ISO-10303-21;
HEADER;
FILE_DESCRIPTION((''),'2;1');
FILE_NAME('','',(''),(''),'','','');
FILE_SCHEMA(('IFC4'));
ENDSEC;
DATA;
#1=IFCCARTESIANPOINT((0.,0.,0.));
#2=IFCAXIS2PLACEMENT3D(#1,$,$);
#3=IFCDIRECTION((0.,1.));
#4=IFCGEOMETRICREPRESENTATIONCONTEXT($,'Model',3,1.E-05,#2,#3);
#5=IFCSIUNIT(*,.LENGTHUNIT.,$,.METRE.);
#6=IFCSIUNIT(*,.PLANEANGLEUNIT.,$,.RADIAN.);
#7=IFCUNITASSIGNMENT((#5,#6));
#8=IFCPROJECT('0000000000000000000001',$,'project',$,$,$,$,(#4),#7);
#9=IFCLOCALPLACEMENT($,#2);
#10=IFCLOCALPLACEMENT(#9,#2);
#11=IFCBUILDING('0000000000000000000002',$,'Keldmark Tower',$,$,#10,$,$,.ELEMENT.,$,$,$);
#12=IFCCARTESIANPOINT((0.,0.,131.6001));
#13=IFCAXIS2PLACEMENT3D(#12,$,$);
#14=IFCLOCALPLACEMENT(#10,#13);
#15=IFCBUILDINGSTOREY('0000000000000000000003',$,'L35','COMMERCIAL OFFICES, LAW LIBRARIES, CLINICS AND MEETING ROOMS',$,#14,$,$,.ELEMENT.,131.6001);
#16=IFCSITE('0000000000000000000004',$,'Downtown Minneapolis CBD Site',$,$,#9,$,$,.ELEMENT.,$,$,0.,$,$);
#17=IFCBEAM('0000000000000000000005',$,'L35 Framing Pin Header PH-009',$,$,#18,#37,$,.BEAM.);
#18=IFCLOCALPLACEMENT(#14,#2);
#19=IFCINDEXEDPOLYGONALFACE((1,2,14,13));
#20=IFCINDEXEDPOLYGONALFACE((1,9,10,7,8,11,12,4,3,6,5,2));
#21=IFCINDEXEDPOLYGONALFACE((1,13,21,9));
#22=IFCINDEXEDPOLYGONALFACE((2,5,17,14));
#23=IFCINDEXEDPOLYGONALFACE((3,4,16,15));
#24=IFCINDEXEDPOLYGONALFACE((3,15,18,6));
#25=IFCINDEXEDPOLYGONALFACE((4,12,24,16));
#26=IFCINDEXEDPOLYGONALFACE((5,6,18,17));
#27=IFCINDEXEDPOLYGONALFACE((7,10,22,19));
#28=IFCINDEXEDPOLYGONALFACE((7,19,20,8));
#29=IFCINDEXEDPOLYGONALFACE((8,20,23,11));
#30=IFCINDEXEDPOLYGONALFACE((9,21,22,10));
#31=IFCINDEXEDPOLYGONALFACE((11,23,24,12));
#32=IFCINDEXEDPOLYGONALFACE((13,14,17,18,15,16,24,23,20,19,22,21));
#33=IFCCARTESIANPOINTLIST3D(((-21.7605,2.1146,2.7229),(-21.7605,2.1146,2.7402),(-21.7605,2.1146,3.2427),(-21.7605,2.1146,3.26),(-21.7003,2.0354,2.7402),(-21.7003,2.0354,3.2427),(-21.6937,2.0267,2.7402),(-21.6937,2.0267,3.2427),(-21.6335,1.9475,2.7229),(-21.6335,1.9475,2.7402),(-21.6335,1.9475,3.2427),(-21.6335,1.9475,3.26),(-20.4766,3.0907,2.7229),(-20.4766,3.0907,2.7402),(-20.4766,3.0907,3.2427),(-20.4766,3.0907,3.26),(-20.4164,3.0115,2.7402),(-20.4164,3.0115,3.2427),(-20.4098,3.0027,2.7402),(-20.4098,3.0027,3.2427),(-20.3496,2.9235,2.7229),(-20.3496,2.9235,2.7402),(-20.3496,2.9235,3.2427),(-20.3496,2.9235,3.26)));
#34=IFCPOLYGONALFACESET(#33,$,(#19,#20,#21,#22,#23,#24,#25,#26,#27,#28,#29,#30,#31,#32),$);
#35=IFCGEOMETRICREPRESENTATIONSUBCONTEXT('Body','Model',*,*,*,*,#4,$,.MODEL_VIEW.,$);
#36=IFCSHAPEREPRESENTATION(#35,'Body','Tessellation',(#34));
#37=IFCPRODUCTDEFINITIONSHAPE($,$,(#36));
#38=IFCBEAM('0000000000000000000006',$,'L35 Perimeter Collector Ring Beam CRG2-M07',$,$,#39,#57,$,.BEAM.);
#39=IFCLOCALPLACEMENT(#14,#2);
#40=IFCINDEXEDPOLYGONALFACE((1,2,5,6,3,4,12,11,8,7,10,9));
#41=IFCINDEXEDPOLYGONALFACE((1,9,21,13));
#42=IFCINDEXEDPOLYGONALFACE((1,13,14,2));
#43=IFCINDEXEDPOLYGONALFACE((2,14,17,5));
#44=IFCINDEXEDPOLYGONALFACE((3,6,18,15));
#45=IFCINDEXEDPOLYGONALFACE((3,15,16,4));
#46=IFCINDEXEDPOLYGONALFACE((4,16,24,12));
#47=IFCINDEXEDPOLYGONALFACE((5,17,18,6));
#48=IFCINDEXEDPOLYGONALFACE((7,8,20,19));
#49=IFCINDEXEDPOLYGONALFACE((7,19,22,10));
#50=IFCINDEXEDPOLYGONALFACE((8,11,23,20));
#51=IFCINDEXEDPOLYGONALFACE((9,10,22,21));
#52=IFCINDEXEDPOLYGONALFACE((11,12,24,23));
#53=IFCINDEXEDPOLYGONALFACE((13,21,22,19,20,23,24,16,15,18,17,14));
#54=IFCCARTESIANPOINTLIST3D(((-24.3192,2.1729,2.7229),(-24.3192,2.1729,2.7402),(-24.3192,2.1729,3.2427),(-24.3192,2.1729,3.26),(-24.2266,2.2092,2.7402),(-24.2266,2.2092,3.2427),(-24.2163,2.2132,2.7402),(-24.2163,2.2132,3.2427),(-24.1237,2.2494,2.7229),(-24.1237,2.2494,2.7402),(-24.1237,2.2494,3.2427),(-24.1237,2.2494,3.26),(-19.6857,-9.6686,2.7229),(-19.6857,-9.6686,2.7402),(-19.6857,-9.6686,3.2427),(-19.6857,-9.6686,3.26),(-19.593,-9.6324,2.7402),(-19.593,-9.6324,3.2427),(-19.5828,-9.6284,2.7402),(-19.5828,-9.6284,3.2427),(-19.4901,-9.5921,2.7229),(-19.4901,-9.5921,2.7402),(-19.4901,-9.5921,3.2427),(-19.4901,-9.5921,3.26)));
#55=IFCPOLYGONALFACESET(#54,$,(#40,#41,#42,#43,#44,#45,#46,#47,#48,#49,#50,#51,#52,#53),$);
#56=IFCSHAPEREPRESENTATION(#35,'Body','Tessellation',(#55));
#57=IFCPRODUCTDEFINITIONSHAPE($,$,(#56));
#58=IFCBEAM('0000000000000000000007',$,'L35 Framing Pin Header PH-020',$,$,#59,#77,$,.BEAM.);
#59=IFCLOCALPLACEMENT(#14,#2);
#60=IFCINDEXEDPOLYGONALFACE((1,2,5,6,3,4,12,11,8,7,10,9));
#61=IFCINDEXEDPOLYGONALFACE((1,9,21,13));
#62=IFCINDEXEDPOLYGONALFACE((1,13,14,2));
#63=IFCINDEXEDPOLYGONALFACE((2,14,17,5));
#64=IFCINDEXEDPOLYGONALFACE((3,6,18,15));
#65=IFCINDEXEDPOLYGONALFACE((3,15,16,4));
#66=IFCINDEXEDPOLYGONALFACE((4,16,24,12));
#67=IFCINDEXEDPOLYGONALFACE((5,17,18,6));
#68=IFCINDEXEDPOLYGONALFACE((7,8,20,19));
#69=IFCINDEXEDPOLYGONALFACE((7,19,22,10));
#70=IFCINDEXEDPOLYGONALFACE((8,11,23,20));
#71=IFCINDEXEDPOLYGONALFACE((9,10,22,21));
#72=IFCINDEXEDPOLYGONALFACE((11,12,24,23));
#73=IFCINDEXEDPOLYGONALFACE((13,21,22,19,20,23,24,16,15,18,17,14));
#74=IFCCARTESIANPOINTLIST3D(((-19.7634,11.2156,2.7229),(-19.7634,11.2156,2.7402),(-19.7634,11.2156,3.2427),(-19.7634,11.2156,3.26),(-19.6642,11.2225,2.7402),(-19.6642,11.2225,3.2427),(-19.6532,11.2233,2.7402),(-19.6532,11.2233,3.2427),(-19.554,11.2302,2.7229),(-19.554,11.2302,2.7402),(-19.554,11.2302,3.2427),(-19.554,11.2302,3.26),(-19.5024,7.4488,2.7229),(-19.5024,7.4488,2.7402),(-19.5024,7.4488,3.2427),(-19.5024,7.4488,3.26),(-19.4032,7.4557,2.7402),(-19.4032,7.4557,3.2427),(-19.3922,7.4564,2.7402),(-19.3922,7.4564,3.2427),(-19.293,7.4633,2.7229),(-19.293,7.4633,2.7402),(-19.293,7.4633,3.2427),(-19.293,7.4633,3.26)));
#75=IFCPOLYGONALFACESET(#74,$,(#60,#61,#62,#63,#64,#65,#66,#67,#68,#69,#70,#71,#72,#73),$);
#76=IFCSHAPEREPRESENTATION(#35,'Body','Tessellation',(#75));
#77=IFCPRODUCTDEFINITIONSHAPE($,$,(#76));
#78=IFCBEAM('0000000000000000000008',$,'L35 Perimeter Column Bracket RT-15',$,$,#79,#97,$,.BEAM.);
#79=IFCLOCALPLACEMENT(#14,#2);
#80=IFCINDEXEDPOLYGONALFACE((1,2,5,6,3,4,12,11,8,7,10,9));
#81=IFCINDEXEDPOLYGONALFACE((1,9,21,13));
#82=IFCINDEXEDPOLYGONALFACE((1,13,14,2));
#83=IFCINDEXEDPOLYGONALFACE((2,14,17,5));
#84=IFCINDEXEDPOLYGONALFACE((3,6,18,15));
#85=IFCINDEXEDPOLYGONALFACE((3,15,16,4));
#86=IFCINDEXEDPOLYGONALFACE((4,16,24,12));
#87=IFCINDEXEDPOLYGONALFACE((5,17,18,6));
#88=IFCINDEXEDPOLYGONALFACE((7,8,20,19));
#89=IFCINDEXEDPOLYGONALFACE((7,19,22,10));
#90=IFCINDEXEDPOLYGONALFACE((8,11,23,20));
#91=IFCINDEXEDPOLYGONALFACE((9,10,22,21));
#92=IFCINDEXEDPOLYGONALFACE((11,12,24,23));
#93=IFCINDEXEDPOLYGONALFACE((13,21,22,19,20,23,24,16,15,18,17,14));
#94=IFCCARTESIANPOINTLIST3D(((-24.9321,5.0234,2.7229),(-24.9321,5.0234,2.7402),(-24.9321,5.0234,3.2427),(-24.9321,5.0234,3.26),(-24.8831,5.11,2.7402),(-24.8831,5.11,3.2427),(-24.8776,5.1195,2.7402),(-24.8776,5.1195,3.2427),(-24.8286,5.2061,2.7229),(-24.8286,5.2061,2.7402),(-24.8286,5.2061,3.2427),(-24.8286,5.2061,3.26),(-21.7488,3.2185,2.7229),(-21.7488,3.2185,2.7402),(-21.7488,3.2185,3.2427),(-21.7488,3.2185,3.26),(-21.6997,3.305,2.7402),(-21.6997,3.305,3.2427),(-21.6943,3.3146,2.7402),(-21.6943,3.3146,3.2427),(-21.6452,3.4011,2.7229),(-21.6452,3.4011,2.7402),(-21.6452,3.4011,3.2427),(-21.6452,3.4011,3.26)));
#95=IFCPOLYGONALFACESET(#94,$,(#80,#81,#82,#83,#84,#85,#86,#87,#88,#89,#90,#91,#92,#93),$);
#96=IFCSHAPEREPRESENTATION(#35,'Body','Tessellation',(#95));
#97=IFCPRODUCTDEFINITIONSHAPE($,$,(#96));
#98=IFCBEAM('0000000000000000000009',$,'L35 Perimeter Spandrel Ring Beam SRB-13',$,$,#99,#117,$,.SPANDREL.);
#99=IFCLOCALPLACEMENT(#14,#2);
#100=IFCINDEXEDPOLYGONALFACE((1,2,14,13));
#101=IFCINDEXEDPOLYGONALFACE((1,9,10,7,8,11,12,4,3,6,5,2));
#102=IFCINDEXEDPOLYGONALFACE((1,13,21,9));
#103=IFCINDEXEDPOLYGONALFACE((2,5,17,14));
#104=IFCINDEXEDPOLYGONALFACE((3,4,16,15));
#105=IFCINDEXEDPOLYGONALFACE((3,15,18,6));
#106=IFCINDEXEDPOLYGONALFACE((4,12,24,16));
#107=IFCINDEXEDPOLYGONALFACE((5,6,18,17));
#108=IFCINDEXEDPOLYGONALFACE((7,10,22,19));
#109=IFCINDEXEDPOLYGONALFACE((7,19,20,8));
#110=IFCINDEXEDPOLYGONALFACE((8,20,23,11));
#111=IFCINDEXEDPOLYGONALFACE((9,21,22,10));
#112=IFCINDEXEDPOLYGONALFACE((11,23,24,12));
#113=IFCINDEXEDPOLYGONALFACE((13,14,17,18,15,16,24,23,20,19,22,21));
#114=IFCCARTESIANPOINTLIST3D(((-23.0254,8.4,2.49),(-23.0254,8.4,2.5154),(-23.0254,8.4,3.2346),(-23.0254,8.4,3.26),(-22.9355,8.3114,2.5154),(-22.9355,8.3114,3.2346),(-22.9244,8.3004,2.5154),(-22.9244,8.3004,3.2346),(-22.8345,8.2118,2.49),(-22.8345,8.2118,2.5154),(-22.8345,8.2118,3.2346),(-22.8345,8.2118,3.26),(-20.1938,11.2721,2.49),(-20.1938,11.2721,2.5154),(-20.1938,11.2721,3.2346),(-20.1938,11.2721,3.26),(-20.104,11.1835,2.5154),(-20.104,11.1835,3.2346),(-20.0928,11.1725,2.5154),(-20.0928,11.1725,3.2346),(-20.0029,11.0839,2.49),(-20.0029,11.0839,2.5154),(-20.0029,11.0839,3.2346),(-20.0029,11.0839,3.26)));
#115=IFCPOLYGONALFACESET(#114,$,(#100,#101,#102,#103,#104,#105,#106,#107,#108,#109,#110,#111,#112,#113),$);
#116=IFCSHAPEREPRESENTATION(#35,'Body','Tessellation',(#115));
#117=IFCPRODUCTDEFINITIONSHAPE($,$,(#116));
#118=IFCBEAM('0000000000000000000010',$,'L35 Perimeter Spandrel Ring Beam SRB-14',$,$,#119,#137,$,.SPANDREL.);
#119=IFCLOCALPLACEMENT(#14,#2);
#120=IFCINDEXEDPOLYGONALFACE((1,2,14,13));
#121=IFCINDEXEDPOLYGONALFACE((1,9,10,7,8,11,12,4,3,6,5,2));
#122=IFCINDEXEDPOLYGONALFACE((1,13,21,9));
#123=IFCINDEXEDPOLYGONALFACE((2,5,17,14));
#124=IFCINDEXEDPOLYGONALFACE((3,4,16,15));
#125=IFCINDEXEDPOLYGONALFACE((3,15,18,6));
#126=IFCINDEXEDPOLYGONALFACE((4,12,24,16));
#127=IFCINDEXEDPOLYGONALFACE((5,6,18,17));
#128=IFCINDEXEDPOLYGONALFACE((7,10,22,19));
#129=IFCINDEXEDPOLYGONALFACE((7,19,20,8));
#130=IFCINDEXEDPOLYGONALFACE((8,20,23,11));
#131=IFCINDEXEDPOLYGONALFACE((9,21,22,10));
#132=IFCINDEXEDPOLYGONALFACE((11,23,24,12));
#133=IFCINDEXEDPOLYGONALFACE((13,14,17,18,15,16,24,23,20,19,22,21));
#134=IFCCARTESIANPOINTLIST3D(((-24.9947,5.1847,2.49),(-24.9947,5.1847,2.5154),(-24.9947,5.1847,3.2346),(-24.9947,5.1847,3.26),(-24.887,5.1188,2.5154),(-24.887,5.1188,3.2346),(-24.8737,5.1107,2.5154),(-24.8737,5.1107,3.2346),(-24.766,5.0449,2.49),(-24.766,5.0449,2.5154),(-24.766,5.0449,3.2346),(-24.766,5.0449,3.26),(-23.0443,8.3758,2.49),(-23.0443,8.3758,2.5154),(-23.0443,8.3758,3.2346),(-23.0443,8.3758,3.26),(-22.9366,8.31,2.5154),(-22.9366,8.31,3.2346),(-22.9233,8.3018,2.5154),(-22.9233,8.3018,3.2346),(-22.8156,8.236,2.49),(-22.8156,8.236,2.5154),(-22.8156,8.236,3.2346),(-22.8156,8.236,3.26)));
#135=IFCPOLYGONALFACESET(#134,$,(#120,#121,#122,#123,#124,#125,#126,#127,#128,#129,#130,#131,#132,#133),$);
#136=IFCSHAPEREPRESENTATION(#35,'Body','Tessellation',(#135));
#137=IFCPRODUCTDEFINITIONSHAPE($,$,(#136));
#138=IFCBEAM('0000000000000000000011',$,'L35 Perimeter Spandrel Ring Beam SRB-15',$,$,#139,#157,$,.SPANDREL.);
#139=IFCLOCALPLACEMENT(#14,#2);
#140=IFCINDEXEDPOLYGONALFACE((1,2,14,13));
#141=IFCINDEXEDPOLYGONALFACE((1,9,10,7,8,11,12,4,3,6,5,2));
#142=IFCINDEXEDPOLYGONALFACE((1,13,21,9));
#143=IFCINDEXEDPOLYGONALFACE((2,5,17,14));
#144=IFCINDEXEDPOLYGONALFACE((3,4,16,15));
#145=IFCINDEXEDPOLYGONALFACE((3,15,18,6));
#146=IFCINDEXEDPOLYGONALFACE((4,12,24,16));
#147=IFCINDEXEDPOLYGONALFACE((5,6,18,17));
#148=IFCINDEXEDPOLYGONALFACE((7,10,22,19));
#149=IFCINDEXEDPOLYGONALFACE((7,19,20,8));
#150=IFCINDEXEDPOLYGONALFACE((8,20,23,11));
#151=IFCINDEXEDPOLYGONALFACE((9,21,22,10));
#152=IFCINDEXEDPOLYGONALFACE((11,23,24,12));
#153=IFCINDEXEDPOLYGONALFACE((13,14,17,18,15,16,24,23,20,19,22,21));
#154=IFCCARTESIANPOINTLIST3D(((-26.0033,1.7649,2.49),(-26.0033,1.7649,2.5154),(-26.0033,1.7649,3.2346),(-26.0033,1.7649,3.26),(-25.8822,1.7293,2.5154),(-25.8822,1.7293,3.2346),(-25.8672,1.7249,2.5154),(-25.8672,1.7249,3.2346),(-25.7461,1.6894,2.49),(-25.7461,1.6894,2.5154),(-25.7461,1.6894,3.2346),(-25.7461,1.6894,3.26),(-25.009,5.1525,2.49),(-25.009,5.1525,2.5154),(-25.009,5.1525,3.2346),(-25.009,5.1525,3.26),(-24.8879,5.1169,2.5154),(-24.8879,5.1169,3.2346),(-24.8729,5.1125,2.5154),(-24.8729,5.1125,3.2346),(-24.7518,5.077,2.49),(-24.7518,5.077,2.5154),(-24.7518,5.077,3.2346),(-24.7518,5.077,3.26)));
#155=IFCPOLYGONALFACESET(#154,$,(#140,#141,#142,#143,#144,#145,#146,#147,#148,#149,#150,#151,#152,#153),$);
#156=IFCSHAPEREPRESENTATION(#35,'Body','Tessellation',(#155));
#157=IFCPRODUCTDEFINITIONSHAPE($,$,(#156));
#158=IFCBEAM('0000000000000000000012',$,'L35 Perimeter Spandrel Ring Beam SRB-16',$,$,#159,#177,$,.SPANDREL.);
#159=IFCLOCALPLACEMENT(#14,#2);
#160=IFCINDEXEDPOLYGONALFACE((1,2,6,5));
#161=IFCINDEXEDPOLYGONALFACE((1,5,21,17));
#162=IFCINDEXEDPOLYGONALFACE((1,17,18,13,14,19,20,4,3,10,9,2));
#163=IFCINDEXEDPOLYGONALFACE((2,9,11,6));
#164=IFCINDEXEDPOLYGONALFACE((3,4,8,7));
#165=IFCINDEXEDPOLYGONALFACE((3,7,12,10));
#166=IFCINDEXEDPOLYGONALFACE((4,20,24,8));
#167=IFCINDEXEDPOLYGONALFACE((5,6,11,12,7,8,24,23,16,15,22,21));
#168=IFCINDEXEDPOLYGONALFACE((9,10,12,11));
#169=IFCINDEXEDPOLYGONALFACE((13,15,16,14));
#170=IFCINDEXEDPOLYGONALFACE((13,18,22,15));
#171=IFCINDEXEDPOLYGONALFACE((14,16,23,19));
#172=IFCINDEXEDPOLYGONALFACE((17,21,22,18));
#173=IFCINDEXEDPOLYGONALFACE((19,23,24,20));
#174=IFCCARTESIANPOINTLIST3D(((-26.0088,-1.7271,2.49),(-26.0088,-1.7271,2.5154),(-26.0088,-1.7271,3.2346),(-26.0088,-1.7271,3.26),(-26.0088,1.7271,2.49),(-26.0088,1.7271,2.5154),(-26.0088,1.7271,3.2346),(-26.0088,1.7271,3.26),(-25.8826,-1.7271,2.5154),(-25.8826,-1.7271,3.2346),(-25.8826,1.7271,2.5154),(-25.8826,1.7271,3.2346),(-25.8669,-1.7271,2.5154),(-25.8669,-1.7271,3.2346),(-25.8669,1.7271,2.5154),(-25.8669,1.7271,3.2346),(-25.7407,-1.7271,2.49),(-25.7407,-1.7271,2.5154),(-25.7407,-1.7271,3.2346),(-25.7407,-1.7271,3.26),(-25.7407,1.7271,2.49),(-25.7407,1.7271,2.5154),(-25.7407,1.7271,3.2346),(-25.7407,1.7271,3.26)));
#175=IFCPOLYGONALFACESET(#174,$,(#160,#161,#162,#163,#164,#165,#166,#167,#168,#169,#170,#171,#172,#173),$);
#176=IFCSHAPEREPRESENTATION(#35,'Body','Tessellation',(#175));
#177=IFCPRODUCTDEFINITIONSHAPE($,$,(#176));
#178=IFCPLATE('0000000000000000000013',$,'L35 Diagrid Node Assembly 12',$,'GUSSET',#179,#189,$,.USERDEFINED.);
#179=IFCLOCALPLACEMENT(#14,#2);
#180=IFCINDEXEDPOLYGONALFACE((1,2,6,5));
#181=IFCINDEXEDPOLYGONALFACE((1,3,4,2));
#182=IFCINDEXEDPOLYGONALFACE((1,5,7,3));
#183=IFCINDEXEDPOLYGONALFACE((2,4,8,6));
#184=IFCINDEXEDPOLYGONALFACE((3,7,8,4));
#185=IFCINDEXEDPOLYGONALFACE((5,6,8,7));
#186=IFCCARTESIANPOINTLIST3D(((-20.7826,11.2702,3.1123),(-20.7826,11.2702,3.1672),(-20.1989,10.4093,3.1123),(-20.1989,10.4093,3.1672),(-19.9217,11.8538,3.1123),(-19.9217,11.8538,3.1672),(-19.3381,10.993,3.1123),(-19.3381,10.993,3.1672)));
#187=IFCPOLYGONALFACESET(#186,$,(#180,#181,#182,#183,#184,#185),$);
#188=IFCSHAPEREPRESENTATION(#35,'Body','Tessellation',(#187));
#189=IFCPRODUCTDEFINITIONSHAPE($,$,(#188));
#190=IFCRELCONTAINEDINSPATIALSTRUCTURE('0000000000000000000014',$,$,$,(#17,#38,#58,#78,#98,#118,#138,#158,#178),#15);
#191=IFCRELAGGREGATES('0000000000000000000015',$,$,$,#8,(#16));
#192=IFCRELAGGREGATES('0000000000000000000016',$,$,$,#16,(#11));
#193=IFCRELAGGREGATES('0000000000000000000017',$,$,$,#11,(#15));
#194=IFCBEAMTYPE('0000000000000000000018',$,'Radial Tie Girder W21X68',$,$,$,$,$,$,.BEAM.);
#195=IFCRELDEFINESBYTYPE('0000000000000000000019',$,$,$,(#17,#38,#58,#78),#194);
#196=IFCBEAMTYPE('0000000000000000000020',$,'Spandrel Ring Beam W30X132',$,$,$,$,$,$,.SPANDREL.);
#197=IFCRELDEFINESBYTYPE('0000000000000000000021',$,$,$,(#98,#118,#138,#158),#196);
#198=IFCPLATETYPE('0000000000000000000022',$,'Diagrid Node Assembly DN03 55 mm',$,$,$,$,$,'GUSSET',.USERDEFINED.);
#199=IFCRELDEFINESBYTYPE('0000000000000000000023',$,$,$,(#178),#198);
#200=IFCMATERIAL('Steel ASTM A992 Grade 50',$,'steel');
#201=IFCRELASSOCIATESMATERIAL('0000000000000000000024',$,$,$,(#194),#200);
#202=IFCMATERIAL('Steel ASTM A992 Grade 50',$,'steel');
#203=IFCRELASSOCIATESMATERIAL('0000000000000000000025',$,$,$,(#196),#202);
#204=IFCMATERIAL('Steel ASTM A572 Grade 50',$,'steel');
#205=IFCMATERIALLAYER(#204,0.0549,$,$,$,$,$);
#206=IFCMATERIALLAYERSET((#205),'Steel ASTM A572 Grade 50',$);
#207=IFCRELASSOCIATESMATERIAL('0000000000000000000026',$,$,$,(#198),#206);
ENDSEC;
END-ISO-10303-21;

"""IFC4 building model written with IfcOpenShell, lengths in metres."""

from ifc_helpers import new_model, si_unit, direction, frame, origin, origin_2d, place, context, subcontext, project, spatial, rectangle, i_section, extrude, material, layer, layer_set, material_profile, profile_set, type_object, element, save


model = new_model("IFC4")

# Units and contexts
model_context = context("Model", 3, precision=1e-05, world=origin(), true_north=direction((0.0, 1.0)))
body_context = subcontext(model_context, "Body", "Model", "MODEL_VIEW")
ifc_project = project(units=[si_unit("LENGTHUNIT", "METRE"), si_unit("PLANEANGLEUNIT", "RADIAN")], contexts=[model_context])

# Site, building, storey
site_placement = place(None, origin())
site = spatial("IfcSite", under=ifc_project, at=site_placement, Name="Downtown Minneapolis CBD Site", CompositionType="ELEMENT", RefElevation=0.0)
building_placement = place(site_placement, origin())
building = spatial("IfcBuilding", under=site, at=building_placement, Name="Keldmark Tower", CompositionType="ELEMENT")
storey_placement = place(building_placement, frame((0.0, 0.0, 131.6001)))
storey = spatial("IfcBuildingStorey", under=building, at=storey_placement, Name="L35", Description="COMMERCIAL OFFICES, LAW LIBRARIES, CLINICS AND MEETING ROOMS", CompositionType="ELEMENT", Elevation=131.6001)

# Beams
ifc_material_1 = material(Name="Steel ASTM A992 Grade 50", Category="steel")
ifc_material_profile_1 = material_profile(ifc_material_1, i_section(OverallWidth=0.21, OverallDepth=0.5371, WebThickness=0.011, FlangeThickness=0.0173, at=origin_2d()), Name="W21X68")
ifc_profile_set_1 = profile_set([ifc_material_profile_1], Name="Steel ASTM A992 Grade 50")
beam_type_1 = type_object("IfcBeamType", Name="Radial Tie Girder W21X68", PredefinedType="BEAM", material=ifc_profile_set_1)
beam_1_placement = place(storey_placement, frame((-20.4131, 3.0071, 2.9915), z_axis=(-0.796078, -0.605195, 0.0), x_axis=(0.605195, -0.796078, 0.0)))
element("IfcBeam", 1, at=beam_1_placement, inside=storey, type_object=beam_type_1, Name="L35 Framing Pin Header PH-009", PredefinedType="BEAM", context=body_context, shape_type="SweptSolid", body=[
    extrude(i_section(OverallWidth=0.21, OverallDepth=0.5371, WebThickness=0.011, FlangeThickness=0.0173, at=origin_2d()), origin(), (0.0, 0.0, 1.0), 1.6128),
])
beam_2_placement = place(storey_placement, frame((-24.2214, 2.2112, 2.9915), z_axis=(0.364392, -0.931246, 0.0), x_axis=(0.931246, 0.364392, 0.0)))
element("IfcBeam", 2, at=beam_2_placement, inside=storey, type_object=beam_type_1, Name="L35 Perimeter Collector Ring Beam CRG2-M07", PredefinedType="BEAM", context=body_context, shape_type="SweptSolid", body=[
    extrude(i_section(OverallWidth=0.21, OverallDepth=0.5371, WebThickness=0.011, FlangeThickness=0.0173, at=origin_2d()), origin(), (0.0, 0.0, 1.0), 12.7158),
])
beam_3_placement = place(storey_placement, frame((-19.6587, 11.2229, 2.9915), z_axis=(0.069119, -0.997608, 0.0), x_axis=(0.997608, 0.069119, 0.0)))
element("IfcBeam", 3, at=beam_3_placement, inside=storey, type_object=beam_type_1, Name="L35 Framing Pin Header PH-020", PredefinedType="BEAM", context=body_context, shape_type="SweptSolid", body=[
    extrude(i_section(OverallWidth=0.21, OverallDepth=0.5371, WebThickness=0.011, FlangeThickness=0.0173, at=origin_2d()), origin(), (0.0, 0.0, 1.0), 3.7759),
])
beam_4_placement = place(storey_placement, frame((-21.697, 3.3098, 2.9915), z_axis=(-0.869901, 0.493226, 0.0), x_axis=(-0.493226, -0.869901, 0.0)))
element("IfcBeam", 4, at=beam_4_placement, inside=storey, type_object=beam_type_1, Name="L35 Perimeter Column Bracket RT-15", PredefinedType="BEAM", context=body_context, shape_type="SweptSolid", body=[
    extrude(i_section(OverallWidth=0.21, OverallDepth=0.5371, WebThickness=0.011, FlangeThickness=0.0173, at=origin_2d()), origin(), (0.0, 0.0, 1.0), 3.6594),
])
ifc_material_2 = material(Name="Steel ASTM A992 Grade 50", Category="steel")
ifc_material_profile_2 = material_profile(ifc_material_2, i_section(OverallWidth=0.2681, OverallDepth=0.77, WebThickness=0.0156, FlangeThickness=0.0254, at=origin_2d()), Name="W30X132")
ifc_profile_set_2 = profile_set([ifc_material_profile_2], Name="Steel ASTM A992 Grade 50")
beam_type_2 = type_object("IfcBeamType", Name="Spandrel Ring Beam W30X132", PredefinedType="SPANDREL", material=ifc_profile_set_2)
beam_5_placement = place(storey_placement, frame((-20.0984, 11.178, 2.875), z_axis=(-0.702065, -0.712113, 0.0), x_axis=(0.712113, -0.702065, 0.0)))
element("IfcBeam", 5, at=beam_5_placement, inside=storey, type_object=beam_type_2, Name="L35 Perimeter Spandrel Ring Beam SRB-13", PredefinedType="SPANDREL", context=body_context, shape_type="SweptSolid", body=[
    extrude(i_section(OverallWidth=0.2681, OverallDepth=0.77, WebThickness=0.0156, FlangeThickness=0.0254, at=origin_2d()), origin(), (0.0, 0.0, 1.0), 4.0332),
])
beam_6_placement = place(storey_placement, frame((-22.9299, 8.3059, 2.875), z_axis=(-0.521505, -0.853248, 0.0), x_axis=(0.853248, -0.521505, 0.0)))
element("IfcBeam", 6, at=beam_6_placement, inside=storey, type_object=beam_type_2, Name="L35 Perimeter Spandrel Ring Beam SRB-14", PredefinedType="SPANDREL", context=body_context, shape_type="SweptSolid", body=[
    extrude(i_section(OverallWidth=0.2681, OverallDepth=0.77, WebThickness=0.0156, FlangeThickness=0.0254, at=origin_2d()), origin(), (0.0, 0.0, 1.0), 3.74),
])
beam_7_placement = place(storey_placement, frame((-24.8804, 5.1147, 2.875), z_axis=(-0.281646, -0.959518, 0.0), x_axis=(0.959518, -0.281646, 0.0)))
element("IfcBeam", 7, at=beam_7_placement, inside=storey, type_object=beam_type_2, Name="L35 Perimeter Spandrel Ring Beam SRB-15", PredefinedType="SPANDREL", context=body_context, shape_type="SweptSolid", body=[
    extrude(i_section(OverallWidth=0.2681, OverallDepth=0.77, WebThickness=0.0156, FlangeThickness=0.0254, at=origin_2d()), origin(), (0.0, 0.0, 1.0), 3.5305),
])
beam_8_placement = place(storey_placement, frame((-25.8748, 1.7271, 2.875), z_axis=(0.0, -1.0, 0.0), x_axis=(1.0, 0.0, 0.0)))
element("IfcBeam", 8, at=beam_8_placement, inside=storey, type_object=beam_type_2, Name="L35 Perimeter Spandrel Ring Beam SRB-16", PredefinedType="SPANDREL", context=body_context, shape_type="SweptSolid", body=[
    extrude(i_section(OverallWidth=0.2681, OverallDepth=0.77, WebThickness=0.0156, FlangeThickness=0.0254, at=origin_2d()), origin(), (0.0, 0.0, 1.0), 3.4541),
])

# Plate
ifc_material_3 = material(Name="Steel ASTM A572 Grade 50", Category="steel")
ifc_layer_1 = layer(ifc_material_3, 0.0549)
ifc_layer_set_1 = layer_set([ifc_layer_1], Name="Steel ASTM A572 Grade 50")
plate_type = type_object("IfcPlateType", Name="Diagrid Node Assembly DN03 55 mm", ElementType="GUSSET", PredefinedType="USERDEFINED", material=ifc_layer_set_1)
for number, where, z_axis, x_axis, name in (
    (9, (-20.0603, 11.1316, 3.1123), (0.0, 0.0, 1.0), (-0.827669, -0.561217, 0.0), "L35 Diagrid Node Assembly 12"),
):
    element("IfcPlate", number, at=place(storey_placement, frame(where, z_axis=z_axis, x_axis=x_axis)), inside=storey, type_object=plate_type, Name=name, ObjectType="GUSSET", PredefinedType="USERDEFINED", context=body_context, shape_type="SweptSolid", body=[
        extrude(rectangle(XDim=1.04, YDim=1.04, at=origin_2d()), origin(), (0.0, 0.0, 1.0), 0.0549),
    ])

save(model, "model.ifc")
